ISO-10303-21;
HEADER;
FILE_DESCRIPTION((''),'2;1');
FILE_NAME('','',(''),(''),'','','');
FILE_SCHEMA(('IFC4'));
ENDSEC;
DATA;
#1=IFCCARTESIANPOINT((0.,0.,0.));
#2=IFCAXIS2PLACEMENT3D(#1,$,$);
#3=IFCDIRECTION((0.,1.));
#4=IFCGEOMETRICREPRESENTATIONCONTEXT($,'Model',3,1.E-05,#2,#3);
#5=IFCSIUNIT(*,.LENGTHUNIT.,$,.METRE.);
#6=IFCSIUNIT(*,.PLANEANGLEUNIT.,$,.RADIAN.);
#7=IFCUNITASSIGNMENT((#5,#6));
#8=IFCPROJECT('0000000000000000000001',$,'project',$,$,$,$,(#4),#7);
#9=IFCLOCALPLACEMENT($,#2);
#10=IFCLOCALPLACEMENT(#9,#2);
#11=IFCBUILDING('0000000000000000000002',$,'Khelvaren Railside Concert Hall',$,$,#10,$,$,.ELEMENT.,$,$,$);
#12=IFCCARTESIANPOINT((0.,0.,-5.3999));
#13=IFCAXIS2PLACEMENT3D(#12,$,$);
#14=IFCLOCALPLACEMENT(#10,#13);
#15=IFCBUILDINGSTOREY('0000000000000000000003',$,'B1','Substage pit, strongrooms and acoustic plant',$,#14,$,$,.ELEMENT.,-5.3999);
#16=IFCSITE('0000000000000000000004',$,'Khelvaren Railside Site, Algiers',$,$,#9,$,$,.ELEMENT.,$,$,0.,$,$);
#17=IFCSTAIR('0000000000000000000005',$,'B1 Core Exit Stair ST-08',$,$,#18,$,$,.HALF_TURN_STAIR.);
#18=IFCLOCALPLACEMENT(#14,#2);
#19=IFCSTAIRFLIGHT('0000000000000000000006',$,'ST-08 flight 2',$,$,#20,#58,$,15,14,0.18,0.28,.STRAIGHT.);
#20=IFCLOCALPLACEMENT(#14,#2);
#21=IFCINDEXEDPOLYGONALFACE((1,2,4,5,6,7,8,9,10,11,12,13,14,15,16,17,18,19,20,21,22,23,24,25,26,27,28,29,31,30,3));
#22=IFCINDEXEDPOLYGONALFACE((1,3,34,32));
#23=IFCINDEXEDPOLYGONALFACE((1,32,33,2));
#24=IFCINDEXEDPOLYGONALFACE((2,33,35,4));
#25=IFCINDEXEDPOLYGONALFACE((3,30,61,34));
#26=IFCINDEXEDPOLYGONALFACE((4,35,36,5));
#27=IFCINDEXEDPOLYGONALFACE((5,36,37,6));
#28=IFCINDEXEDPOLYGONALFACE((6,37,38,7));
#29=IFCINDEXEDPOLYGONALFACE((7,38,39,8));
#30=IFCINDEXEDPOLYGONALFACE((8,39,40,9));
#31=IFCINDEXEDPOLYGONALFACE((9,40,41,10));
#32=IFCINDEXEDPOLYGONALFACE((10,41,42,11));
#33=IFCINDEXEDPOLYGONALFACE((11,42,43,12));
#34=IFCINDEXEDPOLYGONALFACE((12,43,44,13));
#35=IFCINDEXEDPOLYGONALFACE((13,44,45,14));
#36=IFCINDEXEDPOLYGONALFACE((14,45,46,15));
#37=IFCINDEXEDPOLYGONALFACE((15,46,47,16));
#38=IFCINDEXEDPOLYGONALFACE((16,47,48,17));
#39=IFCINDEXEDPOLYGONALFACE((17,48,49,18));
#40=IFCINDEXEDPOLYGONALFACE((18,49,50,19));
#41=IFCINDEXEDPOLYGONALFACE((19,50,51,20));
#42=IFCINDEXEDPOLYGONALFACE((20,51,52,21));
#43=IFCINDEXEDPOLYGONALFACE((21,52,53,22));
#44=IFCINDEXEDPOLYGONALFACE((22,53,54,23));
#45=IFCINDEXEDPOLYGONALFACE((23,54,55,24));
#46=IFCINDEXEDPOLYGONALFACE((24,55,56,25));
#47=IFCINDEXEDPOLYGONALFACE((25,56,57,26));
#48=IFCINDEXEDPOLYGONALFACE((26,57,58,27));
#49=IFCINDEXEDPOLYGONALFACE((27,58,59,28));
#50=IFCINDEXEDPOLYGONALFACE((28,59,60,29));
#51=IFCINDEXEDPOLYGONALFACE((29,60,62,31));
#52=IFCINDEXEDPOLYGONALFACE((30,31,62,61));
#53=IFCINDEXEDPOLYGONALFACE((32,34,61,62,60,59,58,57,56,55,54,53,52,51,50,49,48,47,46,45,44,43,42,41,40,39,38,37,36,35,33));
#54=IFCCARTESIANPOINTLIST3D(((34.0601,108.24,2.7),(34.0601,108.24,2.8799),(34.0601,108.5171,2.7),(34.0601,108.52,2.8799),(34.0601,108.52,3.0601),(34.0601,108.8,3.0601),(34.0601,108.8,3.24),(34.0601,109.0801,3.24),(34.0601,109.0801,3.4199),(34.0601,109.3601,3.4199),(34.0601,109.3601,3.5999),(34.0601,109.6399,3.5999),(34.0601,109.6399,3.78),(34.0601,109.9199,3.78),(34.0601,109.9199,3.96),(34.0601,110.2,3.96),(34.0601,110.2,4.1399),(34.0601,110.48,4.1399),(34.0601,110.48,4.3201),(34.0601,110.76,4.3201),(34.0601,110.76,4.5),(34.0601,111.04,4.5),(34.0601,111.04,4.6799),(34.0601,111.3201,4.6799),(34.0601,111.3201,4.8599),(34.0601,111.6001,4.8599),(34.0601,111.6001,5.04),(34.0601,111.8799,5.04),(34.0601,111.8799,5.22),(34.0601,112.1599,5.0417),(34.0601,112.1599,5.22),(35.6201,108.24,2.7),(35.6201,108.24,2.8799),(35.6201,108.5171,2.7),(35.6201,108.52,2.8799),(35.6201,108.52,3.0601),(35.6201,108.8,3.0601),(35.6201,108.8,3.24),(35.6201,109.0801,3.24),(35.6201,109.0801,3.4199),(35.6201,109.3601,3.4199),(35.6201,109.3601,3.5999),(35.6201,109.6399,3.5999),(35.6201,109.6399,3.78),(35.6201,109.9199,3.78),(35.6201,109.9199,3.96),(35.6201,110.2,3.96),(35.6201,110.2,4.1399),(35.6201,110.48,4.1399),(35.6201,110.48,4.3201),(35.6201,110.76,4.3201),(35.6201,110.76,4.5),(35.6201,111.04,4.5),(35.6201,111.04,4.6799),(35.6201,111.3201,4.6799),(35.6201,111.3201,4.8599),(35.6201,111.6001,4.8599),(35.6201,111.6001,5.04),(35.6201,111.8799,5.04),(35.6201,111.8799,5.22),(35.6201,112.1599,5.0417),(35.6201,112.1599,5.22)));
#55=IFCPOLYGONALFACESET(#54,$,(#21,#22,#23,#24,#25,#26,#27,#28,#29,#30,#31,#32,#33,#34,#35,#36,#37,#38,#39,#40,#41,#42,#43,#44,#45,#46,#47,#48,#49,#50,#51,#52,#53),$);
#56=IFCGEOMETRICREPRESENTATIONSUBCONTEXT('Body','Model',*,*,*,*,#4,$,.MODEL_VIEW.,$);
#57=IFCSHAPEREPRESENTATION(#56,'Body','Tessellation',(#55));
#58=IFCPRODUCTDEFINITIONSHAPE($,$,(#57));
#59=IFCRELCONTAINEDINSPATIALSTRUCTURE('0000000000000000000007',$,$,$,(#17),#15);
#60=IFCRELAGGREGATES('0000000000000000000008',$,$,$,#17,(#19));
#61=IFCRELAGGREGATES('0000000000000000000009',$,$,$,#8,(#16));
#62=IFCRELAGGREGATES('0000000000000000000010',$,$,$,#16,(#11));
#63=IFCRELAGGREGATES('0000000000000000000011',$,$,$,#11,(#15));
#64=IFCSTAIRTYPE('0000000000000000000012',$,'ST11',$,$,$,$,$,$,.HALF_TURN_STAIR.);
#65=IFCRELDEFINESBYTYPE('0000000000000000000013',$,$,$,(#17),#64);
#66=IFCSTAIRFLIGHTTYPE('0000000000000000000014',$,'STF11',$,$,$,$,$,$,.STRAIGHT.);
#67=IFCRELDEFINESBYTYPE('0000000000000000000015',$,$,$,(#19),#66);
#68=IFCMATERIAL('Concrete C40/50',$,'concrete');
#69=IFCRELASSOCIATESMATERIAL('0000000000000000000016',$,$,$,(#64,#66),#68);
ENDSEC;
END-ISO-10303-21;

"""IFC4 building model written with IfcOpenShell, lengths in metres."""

from ifc_helpers import new_model, si_unit, direction, frame, origin, place, context, subcontext, project, spatial, polyline, outline, extrude, material, type_object, element, aggregate, save


model = new_model("IFC4")

# Units and contexts
model_context = context("Model", 3, precision=1e-05, world=origin(), true_north=direction((0.0, 1.0)))
body_context = subcontext(model_context, "Body", "Model", "MODEL_VIEW")
ifc_project = project(units=[si_unit("LENGTHUNIT", "METRE"), si_unit("PLANEANGLEUNIT", "RADIAN")], contexts=[model_context])

# Site, building, storey
site_placement = place(None, origin())
site = spatial("IfcSite", under=ifc_project, at=site_placement, Name="Khelvaren Railside Site, Algiers", CompositionType="ELEMENT", RefElevation=0.0)
building_placement = place(site_placement, origin())
building = spatial("IfcBuilding", under=site, at=building_placement, Name="Khelvaren Railside Concert Hall", CompositionType="ELEMENT")
storey_placement = place(building_placement, frame((0.0, 0.0, -5.3999)))
storey = spatial("IfcBuildingStorey", under=building, at=storey_placement, Name="B1", Description="Substage pit, strongrooms and acoustic plant", CompositionType="ELEMENT", Elevation=-5.3999)

# Shared definitions
ifc_material_1 = material(Name="Concrete C40/50", Category="concrete")

# Stair, stair flight
stair_type = type_object("IfcStairType", Name="ST11", PredefinedType="HALF_TURN_STAIR", material=ifc_material_1)
stair_placement = place(storey_placement, origin())
stair = element("IfcStair", 1, at=stair_placement, inside=storey, type_object=stair_type, Name="B1 Core Exit Stair ST-08", PredefinedType="HALF_TURN_STAIR")
stair_flight_type = type_object("IfcStairFlightType", Name="STF11", PredefinedType="STRAIGHT", material=ifc_material_1)
stair_flight_placement = place(storey_placement, frame((34.8401, 108.24, 2.7), z_axis=(0.0, 0.0, 1.0), x_axis=(0.0, 1.0, 0.0)))
stair_flight = element("IfcStairFlight", 2, at=stair_flight_placement, type_object=stair_flight_type, Name="ST-08 flight 2", NumberOfRisers=15, NumberOfTreads=14, PredefinedType="STRAIGHT", RiserHeight=0.18, TreadLength=0.28, context=body_context, shape_type="SweptSolid", body=[
    extrude(outline(polyline([(0.0, 0.0), (0.0, 0.1799), (0.28, 0.1799), (0.28, 0.3601), (0.5601, 0.3601), (0.5601, 0.54), (0.8401, 0.54), (0.8401, 0.72), (1.1201, 0.72), (1.1201, 0.8999), (1.3999, 0.8999), (1.3999, 1.0801), (1.6799, 1.0801), (1.6799, 1.26), (1.96, 1.26), (1.96, 1.4399), (2.24, 1.4399), (2.24, 1.6201), (2.52, 1.6201), (2.52, 1.8), (2.8, 1.8), (2.8, 1.98), (3.0801, 1.98), (3.0801, 2.1599), (3.3601, 2.1599), (3.3601, 2.3401), (3.6399, 2.3401), (3.6399, 2.52), (3.9199, 2.52), (3.9199, 2.7), (3.9199, 2.3418), (0.2771, 0.0), (0.0, 0.0)])), frame((0.0, 0.78, 0.0), z_axis=(0.0, -1.0, 0.0), x_axis=(1.0, 0.0, 0.0)), (0.0, 0.0, 1.0), 1.5601),
])
aggregate(stair, [stair_flight])

save(model, "model.ifc")
